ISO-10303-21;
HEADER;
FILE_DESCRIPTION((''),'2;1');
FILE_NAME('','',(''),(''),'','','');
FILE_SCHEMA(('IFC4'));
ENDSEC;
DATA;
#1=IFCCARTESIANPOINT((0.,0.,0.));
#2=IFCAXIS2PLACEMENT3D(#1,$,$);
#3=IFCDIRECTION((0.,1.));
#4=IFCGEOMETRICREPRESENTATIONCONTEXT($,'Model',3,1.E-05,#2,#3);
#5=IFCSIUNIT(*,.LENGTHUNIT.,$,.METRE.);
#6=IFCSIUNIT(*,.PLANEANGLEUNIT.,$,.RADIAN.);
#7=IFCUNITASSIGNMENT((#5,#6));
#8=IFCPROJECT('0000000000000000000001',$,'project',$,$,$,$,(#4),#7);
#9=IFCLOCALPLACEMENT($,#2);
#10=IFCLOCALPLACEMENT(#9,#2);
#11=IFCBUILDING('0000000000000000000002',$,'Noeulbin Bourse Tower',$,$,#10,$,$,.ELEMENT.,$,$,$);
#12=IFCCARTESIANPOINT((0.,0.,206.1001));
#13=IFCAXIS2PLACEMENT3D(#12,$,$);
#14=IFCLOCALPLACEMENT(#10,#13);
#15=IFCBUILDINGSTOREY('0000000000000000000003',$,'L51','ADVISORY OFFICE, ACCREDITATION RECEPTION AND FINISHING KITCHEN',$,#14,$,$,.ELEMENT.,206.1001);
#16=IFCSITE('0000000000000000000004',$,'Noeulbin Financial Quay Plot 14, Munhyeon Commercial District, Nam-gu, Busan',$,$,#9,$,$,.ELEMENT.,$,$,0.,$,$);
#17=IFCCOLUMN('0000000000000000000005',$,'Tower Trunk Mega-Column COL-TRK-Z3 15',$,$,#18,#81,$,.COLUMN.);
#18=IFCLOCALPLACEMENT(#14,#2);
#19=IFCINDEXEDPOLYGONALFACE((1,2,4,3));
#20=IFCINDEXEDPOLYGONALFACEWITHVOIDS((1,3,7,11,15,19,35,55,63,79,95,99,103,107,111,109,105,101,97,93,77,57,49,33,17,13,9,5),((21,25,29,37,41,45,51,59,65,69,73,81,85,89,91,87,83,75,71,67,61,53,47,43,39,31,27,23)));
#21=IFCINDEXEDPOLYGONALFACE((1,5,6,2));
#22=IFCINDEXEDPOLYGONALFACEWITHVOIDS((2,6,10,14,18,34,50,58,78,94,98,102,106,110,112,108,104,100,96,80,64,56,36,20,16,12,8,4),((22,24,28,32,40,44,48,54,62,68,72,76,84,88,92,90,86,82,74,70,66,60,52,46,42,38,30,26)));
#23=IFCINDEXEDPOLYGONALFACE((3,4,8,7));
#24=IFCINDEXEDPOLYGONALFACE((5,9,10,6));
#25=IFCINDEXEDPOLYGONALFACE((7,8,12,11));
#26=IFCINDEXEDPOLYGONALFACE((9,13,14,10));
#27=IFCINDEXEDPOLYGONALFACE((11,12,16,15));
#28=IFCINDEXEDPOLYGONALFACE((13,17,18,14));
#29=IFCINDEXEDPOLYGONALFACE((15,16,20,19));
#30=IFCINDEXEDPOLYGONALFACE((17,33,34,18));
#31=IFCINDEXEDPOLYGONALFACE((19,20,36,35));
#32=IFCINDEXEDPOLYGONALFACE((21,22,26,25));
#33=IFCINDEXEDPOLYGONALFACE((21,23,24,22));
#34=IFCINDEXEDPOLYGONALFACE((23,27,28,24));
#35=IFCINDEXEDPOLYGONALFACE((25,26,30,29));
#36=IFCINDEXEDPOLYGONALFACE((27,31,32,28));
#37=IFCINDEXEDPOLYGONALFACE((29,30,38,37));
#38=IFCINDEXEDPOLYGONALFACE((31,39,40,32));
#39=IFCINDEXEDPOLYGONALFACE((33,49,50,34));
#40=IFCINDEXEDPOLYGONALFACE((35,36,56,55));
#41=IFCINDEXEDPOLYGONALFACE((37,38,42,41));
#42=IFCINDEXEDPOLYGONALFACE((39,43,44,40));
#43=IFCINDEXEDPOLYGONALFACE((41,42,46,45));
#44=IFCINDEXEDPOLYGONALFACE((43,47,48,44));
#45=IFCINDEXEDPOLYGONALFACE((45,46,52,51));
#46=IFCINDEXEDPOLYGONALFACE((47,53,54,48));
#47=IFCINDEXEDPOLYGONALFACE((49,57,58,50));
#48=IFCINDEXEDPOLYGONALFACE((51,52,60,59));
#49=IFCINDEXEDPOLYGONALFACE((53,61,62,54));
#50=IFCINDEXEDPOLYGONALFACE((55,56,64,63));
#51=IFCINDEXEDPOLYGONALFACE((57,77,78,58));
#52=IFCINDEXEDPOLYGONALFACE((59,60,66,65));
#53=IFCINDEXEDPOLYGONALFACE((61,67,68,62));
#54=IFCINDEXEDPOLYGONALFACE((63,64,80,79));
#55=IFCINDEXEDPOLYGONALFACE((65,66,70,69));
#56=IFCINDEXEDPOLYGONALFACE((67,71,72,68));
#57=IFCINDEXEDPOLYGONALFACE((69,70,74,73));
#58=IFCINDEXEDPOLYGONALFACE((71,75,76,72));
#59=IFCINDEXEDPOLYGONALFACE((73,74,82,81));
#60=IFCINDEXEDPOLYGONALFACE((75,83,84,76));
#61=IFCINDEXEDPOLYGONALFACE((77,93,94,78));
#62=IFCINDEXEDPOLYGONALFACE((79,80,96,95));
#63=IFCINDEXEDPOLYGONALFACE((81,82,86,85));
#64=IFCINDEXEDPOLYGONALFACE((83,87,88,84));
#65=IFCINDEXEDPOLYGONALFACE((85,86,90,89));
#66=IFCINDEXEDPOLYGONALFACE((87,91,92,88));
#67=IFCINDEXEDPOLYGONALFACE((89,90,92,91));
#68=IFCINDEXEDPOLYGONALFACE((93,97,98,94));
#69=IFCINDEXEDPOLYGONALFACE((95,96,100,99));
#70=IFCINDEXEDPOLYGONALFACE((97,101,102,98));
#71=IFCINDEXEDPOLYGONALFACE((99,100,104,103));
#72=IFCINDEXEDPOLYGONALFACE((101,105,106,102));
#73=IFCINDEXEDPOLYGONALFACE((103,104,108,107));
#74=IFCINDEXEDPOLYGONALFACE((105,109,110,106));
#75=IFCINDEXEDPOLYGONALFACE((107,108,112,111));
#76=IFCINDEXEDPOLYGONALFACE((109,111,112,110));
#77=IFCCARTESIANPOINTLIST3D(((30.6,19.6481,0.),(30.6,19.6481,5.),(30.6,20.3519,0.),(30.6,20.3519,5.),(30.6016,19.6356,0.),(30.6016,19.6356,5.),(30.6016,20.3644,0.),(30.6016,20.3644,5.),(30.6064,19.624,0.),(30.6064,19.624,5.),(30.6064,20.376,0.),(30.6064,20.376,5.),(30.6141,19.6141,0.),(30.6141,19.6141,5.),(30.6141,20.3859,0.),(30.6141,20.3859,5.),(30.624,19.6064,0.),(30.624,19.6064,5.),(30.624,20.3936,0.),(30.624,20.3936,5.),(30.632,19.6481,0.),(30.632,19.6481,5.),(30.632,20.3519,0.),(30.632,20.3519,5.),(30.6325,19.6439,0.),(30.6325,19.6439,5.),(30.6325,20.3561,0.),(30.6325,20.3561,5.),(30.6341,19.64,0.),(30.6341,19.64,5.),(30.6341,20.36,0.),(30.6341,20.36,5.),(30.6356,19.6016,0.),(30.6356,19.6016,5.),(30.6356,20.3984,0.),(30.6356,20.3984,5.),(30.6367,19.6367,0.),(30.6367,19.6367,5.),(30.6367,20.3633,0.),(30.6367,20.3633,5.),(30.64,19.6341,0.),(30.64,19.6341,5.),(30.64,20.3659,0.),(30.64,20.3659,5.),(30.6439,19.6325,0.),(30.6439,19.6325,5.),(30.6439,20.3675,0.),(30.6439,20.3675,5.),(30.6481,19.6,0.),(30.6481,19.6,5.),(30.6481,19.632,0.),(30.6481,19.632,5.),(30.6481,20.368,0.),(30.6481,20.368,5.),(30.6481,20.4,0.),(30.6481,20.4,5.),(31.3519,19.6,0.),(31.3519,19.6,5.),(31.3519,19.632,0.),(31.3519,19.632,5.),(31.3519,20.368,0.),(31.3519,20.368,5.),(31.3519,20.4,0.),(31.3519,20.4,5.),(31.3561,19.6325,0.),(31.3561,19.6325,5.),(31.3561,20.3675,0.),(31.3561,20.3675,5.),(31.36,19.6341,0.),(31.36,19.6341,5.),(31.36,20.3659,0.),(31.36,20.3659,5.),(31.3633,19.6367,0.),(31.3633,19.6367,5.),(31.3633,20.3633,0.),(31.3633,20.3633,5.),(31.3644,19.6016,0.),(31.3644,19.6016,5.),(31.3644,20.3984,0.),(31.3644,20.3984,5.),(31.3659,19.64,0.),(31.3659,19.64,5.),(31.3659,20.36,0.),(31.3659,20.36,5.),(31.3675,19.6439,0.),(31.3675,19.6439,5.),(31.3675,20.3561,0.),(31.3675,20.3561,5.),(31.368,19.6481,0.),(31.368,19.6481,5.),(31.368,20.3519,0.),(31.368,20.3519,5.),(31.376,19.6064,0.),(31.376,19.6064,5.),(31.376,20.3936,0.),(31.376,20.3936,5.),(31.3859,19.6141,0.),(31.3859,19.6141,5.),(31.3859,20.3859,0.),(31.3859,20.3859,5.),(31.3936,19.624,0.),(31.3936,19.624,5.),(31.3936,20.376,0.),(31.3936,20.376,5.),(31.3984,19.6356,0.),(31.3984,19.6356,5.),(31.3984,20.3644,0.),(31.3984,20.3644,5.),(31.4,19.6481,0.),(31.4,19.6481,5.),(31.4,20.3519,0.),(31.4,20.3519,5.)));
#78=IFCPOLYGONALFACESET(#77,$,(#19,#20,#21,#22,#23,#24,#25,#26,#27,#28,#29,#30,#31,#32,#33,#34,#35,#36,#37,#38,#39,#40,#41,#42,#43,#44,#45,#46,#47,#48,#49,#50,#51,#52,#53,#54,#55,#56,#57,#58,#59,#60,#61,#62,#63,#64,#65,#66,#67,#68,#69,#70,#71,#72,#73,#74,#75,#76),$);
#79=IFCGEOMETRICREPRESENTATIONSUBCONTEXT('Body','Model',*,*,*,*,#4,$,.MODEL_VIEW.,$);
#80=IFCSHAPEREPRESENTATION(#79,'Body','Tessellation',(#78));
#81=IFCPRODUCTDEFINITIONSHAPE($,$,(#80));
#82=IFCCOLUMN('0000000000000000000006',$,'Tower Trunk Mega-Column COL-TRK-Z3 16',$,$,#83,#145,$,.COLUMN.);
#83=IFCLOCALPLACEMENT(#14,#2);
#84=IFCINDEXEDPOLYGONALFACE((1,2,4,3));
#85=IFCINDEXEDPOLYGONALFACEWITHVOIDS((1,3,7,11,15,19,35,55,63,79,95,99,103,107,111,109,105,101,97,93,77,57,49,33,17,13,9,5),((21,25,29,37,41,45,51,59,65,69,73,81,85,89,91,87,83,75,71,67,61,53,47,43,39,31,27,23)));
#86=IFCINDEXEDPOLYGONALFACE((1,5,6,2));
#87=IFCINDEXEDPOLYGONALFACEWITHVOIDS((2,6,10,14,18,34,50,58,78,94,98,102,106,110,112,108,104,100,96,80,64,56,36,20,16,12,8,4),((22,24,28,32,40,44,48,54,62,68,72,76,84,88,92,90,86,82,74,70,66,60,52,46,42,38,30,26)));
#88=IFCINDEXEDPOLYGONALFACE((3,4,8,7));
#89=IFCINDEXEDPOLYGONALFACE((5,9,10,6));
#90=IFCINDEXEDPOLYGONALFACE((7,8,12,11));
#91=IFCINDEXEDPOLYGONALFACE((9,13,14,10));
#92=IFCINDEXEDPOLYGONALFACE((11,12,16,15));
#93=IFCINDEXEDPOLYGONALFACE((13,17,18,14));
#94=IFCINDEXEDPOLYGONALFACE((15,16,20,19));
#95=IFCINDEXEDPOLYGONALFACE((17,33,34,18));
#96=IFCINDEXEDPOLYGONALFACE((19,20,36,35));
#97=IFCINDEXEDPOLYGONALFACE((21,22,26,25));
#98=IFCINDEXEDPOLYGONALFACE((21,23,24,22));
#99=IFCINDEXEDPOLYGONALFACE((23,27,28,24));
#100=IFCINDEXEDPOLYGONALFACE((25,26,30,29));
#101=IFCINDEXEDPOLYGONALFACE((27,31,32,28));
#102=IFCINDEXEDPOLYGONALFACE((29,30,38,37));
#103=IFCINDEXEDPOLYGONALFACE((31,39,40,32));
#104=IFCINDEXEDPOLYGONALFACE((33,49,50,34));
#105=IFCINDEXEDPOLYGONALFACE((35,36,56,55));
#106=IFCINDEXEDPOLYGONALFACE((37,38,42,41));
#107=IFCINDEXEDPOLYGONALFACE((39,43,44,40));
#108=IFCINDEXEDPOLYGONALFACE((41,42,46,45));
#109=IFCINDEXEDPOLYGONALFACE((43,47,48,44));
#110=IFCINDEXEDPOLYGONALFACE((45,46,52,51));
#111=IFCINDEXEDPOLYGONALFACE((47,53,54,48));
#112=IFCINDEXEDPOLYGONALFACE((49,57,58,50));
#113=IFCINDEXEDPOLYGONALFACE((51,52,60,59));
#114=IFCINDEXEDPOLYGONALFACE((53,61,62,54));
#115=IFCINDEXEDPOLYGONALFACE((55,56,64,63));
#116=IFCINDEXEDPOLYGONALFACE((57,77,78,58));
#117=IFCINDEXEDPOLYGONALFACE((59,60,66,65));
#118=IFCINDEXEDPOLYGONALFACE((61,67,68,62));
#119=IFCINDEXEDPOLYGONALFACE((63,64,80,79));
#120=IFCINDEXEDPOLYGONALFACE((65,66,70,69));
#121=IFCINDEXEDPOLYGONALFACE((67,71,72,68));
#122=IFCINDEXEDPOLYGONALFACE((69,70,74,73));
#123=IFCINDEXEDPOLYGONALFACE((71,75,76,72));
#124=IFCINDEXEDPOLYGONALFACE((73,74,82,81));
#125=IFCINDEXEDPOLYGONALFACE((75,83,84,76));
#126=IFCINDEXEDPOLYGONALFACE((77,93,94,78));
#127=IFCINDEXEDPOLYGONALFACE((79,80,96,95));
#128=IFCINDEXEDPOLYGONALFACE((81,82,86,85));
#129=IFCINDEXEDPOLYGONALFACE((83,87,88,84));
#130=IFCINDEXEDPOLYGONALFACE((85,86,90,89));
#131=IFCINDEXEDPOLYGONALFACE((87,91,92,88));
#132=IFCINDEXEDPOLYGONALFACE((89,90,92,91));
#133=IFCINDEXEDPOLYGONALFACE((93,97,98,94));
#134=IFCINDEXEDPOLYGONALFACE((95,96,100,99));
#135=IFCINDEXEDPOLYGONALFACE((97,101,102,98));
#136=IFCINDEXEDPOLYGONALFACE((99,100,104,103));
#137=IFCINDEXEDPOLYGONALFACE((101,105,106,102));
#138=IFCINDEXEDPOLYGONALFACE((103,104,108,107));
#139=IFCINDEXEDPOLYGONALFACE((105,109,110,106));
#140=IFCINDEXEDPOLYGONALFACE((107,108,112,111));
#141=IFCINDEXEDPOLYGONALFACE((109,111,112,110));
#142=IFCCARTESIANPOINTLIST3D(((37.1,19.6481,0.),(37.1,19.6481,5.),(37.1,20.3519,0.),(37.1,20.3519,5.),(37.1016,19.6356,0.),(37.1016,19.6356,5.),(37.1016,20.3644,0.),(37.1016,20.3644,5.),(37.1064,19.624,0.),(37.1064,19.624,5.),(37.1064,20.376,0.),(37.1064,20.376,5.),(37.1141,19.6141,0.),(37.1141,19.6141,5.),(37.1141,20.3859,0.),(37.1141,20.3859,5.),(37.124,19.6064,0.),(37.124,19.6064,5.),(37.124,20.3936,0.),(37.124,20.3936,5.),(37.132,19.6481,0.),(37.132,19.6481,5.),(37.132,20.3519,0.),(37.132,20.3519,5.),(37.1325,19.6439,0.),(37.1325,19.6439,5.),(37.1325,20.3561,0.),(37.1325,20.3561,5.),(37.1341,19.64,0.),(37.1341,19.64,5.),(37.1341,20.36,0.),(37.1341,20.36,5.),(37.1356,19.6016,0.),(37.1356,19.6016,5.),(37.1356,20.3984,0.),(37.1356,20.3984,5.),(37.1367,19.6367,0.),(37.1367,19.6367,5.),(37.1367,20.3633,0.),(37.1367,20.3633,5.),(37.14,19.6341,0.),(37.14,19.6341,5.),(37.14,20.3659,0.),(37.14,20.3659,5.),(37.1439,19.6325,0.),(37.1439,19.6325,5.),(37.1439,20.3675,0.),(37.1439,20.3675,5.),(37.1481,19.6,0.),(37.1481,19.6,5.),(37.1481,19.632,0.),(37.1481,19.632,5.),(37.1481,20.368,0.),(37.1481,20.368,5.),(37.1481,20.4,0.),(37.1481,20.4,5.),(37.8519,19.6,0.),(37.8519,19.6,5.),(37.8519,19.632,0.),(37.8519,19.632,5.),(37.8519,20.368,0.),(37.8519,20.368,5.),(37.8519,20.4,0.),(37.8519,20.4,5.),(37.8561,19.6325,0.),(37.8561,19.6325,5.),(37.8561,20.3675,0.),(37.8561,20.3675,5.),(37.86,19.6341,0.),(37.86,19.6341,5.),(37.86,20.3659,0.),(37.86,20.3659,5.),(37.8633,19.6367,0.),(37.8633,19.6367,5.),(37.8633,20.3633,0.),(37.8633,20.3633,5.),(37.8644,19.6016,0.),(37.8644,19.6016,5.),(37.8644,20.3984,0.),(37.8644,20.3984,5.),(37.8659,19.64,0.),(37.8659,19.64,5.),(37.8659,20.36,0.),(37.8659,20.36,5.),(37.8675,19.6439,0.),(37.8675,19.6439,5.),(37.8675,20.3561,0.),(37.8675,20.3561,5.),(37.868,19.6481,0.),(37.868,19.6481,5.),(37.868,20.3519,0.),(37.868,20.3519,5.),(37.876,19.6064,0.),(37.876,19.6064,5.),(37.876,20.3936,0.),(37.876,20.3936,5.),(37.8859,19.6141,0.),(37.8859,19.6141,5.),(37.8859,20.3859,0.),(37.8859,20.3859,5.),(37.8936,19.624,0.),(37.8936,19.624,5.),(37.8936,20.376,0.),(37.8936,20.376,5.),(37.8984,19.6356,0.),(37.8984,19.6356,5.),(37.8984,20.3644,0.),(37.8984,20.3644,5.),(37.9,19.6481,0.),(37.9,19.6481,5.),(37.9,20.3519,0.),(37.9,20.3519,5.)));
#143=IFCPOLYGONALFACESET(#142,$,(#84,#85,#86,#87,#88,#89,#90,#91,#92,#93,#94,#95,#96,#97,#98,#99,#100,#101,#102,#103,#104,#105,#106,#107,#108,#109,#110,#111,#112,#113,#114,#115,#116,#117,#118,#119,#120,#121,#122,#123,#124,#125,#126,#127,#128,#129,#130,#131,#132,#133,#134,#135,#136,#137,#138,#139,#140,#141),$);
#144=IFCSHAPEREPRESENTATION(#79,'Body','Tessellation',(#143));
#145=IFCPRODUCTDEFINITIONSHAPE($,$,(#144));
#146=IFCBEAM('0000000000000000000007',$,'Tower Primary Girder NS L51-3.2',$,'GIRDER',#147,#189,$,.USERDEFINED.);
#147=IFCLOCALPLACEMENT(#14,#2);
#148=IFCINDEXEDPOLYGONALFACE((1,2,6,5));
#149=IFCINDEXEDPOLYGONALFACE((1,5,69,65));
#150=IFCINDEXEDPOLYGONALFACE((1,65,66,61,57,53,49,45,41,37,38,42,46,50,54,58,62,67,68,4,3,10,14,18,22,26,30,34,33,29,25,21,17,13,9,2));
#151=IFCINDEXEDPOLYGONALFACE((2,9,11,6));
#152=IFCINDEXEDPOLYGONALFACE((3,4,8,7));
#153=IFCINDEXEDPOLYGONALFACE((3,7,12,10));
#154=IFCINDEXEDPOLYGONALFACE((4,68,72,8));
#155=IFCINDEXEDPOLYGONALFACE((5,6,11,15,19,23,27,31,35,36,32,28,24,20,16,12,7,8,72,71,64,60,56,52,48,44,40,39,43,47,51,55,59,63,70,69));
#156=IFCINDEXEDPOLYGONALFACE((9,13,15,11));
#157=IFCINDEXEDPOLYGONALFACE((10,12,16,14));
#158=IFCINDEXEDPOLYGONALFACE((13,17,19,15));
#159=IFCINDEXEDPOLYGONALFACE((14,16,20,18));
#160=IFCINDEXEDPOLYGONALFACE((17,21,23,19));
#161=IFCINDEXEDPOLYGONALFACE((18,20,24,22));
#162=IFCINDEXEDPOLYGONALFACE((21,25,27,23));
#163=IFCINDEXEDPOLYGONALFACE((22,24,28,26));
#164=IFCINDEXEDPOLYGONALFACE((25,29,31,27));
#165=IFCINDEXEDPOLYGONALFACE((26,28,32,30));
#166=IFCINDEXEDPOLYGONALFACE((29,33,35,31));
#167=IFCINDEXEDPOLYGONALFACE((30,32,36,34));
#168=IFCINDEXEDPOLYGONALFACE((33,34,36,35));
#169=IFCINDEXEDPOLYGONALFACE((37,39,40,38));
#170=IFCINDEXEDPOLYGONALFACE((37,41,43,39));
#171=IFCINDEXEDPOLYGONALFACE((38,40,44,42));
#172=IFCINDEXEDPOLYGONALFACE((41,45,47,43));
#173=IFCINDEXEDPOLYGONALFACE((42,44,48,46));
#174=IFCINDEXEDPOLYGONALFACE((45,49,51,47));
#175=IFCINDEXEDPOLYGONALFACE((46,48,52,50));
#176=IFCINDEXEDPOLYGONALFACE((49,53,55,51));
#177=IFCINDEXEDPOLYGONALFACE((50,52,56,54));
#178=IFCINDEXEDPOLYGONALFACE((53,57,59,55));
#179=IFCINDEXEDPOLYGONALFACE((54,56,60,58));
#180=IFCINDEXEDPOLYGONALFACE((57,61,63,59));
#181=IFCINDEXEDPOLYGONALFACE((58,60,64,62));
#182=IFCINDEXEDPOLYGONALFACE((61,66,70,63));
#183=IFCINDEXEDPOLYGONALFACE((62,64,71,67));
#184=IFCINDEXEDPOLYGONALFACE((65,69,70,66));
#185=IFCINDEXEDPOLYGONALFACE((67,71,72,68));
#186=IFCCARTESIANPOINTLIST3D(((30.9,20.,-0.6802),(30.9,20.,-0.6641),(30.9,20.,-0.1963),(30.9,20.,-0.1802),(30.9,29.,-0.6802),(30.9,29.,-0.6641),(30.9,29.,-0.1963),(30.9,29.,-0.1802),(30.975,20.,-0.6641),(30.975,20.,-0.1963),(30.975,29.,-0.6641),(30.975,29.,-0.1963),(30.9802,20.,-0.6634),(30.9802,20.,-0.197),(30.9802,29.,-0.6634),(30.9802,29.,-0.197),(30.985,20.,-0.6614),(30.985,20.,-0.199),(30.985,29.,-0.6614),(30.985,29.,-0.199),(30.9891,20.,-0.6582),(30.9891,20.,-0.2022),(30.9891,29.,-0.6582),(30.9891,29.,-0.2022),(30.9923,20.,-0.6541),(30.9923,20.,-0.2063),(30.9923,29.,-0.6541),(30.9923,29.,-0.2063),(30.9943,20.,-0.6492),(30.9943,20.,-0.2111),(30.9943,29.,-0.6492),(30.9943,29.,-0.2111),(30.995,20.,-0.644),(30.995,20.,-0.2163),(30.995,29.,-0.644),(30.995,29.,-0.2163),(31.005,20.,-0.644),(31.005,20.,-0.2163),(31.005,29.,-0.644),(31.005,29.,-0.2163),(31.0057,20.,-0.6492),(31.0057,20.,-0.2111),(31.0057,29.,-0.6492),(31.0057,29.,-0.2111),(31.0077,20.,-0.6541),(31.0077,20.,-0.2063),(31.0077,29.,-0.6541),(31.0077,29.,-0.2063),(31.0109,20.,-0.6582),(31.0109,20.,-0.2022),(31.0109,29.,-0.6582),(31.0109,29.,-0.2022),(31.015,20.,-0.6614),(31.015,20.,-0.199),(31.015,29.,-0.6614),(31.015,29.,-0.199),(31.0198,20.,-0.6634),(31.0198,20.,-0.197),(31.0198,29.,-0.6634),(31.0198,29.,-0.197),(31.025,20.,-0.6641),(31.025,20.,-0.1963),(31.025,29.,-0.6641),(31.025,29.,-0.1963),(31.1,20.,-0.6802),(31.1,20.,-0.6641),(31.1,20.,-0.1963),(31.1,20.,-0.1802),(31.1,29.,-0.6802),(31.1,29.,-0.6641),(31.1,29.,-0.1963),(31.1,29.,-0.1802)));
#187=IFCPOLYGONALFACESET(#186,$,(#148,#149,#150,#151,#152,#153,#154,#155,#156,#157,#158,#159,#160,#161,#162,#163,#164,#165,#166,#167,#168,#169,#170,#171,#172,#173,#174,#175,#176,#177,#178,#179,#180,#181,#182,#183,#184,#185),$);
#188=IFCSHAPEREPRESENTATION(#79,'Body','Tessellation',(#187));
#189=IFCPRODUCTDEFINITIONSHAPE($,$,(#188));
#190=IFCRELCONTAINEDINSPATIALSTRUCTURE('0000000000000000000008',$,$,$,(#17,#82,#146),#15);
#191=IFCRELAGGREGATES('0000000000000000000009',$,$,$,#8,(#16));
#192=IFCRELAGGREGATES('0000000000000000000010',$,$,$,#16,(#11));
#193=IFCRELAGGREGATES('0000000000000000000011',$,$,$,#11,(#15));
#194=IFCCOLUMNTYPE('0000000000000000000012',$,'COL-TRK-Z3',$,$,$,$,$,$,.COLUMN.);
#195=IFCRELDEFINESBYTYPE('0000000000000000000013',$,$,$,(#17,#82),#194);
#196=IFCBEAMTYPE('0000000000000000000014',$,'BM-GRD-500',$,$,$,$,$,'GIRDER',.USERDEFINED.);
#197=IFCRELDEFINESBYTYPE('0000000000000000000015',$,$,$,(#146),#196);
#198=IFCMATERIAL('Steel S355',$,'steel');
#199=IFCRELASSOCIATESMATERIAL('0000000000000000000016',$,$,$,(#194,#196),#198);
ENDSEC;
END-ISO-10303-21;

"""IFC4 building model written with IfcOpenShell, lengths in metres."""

from ifc_helpers import new_model, si_unit, direction, frame, origin, origin_2d, place, context, subcontext, project, spatial, hollow_rectangle, i_section, extrude, material, material_profile, profile_set, type_object, element, save


model = new_model("IFC4")

# Units and contexts
model_context = context("Model", 3, precision=1e-05, world=origin(), true_north=direction((0.0, 1.0)))
body_context = subcontext(model_context, "Body", "Model", "MODEL_VIEW")
ifc_project = project(units=[si_unit("LENGTHUNIT", "METRE"), si_unit("PLANEANGLEUNIT", "RADIAN")], contexts=[model_context])

# Site, building, storey
site_placement = place(None, origin())
site = spatial("IfcSite", under=ifc_project, at=site_placement, Name="Noeulbin Financial Quay Plot 14, Munhyeon Commercial District, Nam-gu, Busan", CompositionType="ELEMENT", RefElevation=0.0)
building_placement = place(site_placement, origin())
building = spatial("IfcBuilding", under=site, at=building_placement, Name="Noeulbin Bourse Tower", CompositionType="ELEMENT")
storey_placement = place(building_placement, frame((0.0, 0.0, 206.1001)))
storey = spatial("IfcBuildingStorey", under=building, at=storey_placement, Name="L51", Description="ADVISORY OFFICE, ACCREDITATION RECEPTION AND FINISHING KITCHEN", CompositionType="ELEMENT", Elevation=206.1001)

# Columns
ifc_material_1 = material(Name="Steel S355", Category="steel")
ifc_material_profile_1 = material_profile(ifc_material_1, hollow_rectangle(XDim=0.8, YDim=0.8, WallThickness=0.032, InnerFilletRadius=0.0161, OuterFilletRadius=0.0481, at=origin_2d()), Name="BOX-800x800x32", Category="LoadBearing")
ifc_profile_set_1 = profile_set([ifc_material_profile_1], Name="Steel S355")
column_type = type_object("IfcColumnType", Name="COL-TRK-Z3", PredefinedType="COLUMN", material=ifc_profile_set_1)
for number, where, z_axis, x_axis, name in (
    (1, (31.0, 20.0, 0.0), (0.0, 0.0, 1.0), (1.0, 0.0, 0.0), "Tower Trunk Mega-Column COL-TRK-Z3 15"),
    (2, (37.5, 20.0, 0.0), (0.0, 0.0, 1.0), (1.0, 0.0, 0.0), "Tower Trunk Mega-Column COL-TRK-Z3 16"),
):
    element("IfcColumn", number, at=place(storey_placement, frame(where, z_axis=z_axis, x_axis=x_axis)), inside=storey, type_object=column_type, Name=name, PredefinedType="COLUMN", context=body_context, shape_type="SweptSolid", body=[
        extrude(hollow_rectangle(XDim=0.8, YDim=0.8, WallThickness=0.032, InnerFilletRadius=0.0161, OuterFilletRadius=0.0481, at=origin_2d()), origin(), (0.0, 0.0, 1.0), 5.0),
    ])

# Beam
ifc_material_profile_2 = material_profile(ifc_material_1, i_section(OverallWidth=0.2, OverallDepth=0.5, WebThickness=0.01, FlangeThickness=0.0161, FilletRadius=0.02, at=origin_2d()), Name="H-500x200x10x16", Category="LoadBearing")
ifc_profile_set_2 = profile_set([ifc_material_profile_2], Name="Steel S355")
beam_type_1 = type_object("IfcBeamType", Name="BM-GRD-500", ElementType="GIRDER", PredefinedType="USERDEFINED", material=ifc_profile_set_2)
beam_1_placement = place(storey_placement, frame((31.0, 20.0, -0.4302), z_axis=(0.0, 1.0, 0.0), x_axis=(-1.0, 0.0, 0.0)))
element("IfcBeam", 3, at=beam_1_placement, inside=storey, type_object=beam_type_1, Name="Tower Primary Girder NS L51-3.2", ObjectType="GIRDER", PredefinedType="USERDEFINED", context=body_context, shape_type="SweptSolid", body=[
    extrude(i_section(OverallWidth=0.2, OverallDepth=0.5, WebThickness=0.01, FlangeThickness=0.0161, FilletRadius=0.02, at=origin_2d()), origin(), (0.0, 0.0, 1.0), 9.0),
])

save(model, "model.ifc")
